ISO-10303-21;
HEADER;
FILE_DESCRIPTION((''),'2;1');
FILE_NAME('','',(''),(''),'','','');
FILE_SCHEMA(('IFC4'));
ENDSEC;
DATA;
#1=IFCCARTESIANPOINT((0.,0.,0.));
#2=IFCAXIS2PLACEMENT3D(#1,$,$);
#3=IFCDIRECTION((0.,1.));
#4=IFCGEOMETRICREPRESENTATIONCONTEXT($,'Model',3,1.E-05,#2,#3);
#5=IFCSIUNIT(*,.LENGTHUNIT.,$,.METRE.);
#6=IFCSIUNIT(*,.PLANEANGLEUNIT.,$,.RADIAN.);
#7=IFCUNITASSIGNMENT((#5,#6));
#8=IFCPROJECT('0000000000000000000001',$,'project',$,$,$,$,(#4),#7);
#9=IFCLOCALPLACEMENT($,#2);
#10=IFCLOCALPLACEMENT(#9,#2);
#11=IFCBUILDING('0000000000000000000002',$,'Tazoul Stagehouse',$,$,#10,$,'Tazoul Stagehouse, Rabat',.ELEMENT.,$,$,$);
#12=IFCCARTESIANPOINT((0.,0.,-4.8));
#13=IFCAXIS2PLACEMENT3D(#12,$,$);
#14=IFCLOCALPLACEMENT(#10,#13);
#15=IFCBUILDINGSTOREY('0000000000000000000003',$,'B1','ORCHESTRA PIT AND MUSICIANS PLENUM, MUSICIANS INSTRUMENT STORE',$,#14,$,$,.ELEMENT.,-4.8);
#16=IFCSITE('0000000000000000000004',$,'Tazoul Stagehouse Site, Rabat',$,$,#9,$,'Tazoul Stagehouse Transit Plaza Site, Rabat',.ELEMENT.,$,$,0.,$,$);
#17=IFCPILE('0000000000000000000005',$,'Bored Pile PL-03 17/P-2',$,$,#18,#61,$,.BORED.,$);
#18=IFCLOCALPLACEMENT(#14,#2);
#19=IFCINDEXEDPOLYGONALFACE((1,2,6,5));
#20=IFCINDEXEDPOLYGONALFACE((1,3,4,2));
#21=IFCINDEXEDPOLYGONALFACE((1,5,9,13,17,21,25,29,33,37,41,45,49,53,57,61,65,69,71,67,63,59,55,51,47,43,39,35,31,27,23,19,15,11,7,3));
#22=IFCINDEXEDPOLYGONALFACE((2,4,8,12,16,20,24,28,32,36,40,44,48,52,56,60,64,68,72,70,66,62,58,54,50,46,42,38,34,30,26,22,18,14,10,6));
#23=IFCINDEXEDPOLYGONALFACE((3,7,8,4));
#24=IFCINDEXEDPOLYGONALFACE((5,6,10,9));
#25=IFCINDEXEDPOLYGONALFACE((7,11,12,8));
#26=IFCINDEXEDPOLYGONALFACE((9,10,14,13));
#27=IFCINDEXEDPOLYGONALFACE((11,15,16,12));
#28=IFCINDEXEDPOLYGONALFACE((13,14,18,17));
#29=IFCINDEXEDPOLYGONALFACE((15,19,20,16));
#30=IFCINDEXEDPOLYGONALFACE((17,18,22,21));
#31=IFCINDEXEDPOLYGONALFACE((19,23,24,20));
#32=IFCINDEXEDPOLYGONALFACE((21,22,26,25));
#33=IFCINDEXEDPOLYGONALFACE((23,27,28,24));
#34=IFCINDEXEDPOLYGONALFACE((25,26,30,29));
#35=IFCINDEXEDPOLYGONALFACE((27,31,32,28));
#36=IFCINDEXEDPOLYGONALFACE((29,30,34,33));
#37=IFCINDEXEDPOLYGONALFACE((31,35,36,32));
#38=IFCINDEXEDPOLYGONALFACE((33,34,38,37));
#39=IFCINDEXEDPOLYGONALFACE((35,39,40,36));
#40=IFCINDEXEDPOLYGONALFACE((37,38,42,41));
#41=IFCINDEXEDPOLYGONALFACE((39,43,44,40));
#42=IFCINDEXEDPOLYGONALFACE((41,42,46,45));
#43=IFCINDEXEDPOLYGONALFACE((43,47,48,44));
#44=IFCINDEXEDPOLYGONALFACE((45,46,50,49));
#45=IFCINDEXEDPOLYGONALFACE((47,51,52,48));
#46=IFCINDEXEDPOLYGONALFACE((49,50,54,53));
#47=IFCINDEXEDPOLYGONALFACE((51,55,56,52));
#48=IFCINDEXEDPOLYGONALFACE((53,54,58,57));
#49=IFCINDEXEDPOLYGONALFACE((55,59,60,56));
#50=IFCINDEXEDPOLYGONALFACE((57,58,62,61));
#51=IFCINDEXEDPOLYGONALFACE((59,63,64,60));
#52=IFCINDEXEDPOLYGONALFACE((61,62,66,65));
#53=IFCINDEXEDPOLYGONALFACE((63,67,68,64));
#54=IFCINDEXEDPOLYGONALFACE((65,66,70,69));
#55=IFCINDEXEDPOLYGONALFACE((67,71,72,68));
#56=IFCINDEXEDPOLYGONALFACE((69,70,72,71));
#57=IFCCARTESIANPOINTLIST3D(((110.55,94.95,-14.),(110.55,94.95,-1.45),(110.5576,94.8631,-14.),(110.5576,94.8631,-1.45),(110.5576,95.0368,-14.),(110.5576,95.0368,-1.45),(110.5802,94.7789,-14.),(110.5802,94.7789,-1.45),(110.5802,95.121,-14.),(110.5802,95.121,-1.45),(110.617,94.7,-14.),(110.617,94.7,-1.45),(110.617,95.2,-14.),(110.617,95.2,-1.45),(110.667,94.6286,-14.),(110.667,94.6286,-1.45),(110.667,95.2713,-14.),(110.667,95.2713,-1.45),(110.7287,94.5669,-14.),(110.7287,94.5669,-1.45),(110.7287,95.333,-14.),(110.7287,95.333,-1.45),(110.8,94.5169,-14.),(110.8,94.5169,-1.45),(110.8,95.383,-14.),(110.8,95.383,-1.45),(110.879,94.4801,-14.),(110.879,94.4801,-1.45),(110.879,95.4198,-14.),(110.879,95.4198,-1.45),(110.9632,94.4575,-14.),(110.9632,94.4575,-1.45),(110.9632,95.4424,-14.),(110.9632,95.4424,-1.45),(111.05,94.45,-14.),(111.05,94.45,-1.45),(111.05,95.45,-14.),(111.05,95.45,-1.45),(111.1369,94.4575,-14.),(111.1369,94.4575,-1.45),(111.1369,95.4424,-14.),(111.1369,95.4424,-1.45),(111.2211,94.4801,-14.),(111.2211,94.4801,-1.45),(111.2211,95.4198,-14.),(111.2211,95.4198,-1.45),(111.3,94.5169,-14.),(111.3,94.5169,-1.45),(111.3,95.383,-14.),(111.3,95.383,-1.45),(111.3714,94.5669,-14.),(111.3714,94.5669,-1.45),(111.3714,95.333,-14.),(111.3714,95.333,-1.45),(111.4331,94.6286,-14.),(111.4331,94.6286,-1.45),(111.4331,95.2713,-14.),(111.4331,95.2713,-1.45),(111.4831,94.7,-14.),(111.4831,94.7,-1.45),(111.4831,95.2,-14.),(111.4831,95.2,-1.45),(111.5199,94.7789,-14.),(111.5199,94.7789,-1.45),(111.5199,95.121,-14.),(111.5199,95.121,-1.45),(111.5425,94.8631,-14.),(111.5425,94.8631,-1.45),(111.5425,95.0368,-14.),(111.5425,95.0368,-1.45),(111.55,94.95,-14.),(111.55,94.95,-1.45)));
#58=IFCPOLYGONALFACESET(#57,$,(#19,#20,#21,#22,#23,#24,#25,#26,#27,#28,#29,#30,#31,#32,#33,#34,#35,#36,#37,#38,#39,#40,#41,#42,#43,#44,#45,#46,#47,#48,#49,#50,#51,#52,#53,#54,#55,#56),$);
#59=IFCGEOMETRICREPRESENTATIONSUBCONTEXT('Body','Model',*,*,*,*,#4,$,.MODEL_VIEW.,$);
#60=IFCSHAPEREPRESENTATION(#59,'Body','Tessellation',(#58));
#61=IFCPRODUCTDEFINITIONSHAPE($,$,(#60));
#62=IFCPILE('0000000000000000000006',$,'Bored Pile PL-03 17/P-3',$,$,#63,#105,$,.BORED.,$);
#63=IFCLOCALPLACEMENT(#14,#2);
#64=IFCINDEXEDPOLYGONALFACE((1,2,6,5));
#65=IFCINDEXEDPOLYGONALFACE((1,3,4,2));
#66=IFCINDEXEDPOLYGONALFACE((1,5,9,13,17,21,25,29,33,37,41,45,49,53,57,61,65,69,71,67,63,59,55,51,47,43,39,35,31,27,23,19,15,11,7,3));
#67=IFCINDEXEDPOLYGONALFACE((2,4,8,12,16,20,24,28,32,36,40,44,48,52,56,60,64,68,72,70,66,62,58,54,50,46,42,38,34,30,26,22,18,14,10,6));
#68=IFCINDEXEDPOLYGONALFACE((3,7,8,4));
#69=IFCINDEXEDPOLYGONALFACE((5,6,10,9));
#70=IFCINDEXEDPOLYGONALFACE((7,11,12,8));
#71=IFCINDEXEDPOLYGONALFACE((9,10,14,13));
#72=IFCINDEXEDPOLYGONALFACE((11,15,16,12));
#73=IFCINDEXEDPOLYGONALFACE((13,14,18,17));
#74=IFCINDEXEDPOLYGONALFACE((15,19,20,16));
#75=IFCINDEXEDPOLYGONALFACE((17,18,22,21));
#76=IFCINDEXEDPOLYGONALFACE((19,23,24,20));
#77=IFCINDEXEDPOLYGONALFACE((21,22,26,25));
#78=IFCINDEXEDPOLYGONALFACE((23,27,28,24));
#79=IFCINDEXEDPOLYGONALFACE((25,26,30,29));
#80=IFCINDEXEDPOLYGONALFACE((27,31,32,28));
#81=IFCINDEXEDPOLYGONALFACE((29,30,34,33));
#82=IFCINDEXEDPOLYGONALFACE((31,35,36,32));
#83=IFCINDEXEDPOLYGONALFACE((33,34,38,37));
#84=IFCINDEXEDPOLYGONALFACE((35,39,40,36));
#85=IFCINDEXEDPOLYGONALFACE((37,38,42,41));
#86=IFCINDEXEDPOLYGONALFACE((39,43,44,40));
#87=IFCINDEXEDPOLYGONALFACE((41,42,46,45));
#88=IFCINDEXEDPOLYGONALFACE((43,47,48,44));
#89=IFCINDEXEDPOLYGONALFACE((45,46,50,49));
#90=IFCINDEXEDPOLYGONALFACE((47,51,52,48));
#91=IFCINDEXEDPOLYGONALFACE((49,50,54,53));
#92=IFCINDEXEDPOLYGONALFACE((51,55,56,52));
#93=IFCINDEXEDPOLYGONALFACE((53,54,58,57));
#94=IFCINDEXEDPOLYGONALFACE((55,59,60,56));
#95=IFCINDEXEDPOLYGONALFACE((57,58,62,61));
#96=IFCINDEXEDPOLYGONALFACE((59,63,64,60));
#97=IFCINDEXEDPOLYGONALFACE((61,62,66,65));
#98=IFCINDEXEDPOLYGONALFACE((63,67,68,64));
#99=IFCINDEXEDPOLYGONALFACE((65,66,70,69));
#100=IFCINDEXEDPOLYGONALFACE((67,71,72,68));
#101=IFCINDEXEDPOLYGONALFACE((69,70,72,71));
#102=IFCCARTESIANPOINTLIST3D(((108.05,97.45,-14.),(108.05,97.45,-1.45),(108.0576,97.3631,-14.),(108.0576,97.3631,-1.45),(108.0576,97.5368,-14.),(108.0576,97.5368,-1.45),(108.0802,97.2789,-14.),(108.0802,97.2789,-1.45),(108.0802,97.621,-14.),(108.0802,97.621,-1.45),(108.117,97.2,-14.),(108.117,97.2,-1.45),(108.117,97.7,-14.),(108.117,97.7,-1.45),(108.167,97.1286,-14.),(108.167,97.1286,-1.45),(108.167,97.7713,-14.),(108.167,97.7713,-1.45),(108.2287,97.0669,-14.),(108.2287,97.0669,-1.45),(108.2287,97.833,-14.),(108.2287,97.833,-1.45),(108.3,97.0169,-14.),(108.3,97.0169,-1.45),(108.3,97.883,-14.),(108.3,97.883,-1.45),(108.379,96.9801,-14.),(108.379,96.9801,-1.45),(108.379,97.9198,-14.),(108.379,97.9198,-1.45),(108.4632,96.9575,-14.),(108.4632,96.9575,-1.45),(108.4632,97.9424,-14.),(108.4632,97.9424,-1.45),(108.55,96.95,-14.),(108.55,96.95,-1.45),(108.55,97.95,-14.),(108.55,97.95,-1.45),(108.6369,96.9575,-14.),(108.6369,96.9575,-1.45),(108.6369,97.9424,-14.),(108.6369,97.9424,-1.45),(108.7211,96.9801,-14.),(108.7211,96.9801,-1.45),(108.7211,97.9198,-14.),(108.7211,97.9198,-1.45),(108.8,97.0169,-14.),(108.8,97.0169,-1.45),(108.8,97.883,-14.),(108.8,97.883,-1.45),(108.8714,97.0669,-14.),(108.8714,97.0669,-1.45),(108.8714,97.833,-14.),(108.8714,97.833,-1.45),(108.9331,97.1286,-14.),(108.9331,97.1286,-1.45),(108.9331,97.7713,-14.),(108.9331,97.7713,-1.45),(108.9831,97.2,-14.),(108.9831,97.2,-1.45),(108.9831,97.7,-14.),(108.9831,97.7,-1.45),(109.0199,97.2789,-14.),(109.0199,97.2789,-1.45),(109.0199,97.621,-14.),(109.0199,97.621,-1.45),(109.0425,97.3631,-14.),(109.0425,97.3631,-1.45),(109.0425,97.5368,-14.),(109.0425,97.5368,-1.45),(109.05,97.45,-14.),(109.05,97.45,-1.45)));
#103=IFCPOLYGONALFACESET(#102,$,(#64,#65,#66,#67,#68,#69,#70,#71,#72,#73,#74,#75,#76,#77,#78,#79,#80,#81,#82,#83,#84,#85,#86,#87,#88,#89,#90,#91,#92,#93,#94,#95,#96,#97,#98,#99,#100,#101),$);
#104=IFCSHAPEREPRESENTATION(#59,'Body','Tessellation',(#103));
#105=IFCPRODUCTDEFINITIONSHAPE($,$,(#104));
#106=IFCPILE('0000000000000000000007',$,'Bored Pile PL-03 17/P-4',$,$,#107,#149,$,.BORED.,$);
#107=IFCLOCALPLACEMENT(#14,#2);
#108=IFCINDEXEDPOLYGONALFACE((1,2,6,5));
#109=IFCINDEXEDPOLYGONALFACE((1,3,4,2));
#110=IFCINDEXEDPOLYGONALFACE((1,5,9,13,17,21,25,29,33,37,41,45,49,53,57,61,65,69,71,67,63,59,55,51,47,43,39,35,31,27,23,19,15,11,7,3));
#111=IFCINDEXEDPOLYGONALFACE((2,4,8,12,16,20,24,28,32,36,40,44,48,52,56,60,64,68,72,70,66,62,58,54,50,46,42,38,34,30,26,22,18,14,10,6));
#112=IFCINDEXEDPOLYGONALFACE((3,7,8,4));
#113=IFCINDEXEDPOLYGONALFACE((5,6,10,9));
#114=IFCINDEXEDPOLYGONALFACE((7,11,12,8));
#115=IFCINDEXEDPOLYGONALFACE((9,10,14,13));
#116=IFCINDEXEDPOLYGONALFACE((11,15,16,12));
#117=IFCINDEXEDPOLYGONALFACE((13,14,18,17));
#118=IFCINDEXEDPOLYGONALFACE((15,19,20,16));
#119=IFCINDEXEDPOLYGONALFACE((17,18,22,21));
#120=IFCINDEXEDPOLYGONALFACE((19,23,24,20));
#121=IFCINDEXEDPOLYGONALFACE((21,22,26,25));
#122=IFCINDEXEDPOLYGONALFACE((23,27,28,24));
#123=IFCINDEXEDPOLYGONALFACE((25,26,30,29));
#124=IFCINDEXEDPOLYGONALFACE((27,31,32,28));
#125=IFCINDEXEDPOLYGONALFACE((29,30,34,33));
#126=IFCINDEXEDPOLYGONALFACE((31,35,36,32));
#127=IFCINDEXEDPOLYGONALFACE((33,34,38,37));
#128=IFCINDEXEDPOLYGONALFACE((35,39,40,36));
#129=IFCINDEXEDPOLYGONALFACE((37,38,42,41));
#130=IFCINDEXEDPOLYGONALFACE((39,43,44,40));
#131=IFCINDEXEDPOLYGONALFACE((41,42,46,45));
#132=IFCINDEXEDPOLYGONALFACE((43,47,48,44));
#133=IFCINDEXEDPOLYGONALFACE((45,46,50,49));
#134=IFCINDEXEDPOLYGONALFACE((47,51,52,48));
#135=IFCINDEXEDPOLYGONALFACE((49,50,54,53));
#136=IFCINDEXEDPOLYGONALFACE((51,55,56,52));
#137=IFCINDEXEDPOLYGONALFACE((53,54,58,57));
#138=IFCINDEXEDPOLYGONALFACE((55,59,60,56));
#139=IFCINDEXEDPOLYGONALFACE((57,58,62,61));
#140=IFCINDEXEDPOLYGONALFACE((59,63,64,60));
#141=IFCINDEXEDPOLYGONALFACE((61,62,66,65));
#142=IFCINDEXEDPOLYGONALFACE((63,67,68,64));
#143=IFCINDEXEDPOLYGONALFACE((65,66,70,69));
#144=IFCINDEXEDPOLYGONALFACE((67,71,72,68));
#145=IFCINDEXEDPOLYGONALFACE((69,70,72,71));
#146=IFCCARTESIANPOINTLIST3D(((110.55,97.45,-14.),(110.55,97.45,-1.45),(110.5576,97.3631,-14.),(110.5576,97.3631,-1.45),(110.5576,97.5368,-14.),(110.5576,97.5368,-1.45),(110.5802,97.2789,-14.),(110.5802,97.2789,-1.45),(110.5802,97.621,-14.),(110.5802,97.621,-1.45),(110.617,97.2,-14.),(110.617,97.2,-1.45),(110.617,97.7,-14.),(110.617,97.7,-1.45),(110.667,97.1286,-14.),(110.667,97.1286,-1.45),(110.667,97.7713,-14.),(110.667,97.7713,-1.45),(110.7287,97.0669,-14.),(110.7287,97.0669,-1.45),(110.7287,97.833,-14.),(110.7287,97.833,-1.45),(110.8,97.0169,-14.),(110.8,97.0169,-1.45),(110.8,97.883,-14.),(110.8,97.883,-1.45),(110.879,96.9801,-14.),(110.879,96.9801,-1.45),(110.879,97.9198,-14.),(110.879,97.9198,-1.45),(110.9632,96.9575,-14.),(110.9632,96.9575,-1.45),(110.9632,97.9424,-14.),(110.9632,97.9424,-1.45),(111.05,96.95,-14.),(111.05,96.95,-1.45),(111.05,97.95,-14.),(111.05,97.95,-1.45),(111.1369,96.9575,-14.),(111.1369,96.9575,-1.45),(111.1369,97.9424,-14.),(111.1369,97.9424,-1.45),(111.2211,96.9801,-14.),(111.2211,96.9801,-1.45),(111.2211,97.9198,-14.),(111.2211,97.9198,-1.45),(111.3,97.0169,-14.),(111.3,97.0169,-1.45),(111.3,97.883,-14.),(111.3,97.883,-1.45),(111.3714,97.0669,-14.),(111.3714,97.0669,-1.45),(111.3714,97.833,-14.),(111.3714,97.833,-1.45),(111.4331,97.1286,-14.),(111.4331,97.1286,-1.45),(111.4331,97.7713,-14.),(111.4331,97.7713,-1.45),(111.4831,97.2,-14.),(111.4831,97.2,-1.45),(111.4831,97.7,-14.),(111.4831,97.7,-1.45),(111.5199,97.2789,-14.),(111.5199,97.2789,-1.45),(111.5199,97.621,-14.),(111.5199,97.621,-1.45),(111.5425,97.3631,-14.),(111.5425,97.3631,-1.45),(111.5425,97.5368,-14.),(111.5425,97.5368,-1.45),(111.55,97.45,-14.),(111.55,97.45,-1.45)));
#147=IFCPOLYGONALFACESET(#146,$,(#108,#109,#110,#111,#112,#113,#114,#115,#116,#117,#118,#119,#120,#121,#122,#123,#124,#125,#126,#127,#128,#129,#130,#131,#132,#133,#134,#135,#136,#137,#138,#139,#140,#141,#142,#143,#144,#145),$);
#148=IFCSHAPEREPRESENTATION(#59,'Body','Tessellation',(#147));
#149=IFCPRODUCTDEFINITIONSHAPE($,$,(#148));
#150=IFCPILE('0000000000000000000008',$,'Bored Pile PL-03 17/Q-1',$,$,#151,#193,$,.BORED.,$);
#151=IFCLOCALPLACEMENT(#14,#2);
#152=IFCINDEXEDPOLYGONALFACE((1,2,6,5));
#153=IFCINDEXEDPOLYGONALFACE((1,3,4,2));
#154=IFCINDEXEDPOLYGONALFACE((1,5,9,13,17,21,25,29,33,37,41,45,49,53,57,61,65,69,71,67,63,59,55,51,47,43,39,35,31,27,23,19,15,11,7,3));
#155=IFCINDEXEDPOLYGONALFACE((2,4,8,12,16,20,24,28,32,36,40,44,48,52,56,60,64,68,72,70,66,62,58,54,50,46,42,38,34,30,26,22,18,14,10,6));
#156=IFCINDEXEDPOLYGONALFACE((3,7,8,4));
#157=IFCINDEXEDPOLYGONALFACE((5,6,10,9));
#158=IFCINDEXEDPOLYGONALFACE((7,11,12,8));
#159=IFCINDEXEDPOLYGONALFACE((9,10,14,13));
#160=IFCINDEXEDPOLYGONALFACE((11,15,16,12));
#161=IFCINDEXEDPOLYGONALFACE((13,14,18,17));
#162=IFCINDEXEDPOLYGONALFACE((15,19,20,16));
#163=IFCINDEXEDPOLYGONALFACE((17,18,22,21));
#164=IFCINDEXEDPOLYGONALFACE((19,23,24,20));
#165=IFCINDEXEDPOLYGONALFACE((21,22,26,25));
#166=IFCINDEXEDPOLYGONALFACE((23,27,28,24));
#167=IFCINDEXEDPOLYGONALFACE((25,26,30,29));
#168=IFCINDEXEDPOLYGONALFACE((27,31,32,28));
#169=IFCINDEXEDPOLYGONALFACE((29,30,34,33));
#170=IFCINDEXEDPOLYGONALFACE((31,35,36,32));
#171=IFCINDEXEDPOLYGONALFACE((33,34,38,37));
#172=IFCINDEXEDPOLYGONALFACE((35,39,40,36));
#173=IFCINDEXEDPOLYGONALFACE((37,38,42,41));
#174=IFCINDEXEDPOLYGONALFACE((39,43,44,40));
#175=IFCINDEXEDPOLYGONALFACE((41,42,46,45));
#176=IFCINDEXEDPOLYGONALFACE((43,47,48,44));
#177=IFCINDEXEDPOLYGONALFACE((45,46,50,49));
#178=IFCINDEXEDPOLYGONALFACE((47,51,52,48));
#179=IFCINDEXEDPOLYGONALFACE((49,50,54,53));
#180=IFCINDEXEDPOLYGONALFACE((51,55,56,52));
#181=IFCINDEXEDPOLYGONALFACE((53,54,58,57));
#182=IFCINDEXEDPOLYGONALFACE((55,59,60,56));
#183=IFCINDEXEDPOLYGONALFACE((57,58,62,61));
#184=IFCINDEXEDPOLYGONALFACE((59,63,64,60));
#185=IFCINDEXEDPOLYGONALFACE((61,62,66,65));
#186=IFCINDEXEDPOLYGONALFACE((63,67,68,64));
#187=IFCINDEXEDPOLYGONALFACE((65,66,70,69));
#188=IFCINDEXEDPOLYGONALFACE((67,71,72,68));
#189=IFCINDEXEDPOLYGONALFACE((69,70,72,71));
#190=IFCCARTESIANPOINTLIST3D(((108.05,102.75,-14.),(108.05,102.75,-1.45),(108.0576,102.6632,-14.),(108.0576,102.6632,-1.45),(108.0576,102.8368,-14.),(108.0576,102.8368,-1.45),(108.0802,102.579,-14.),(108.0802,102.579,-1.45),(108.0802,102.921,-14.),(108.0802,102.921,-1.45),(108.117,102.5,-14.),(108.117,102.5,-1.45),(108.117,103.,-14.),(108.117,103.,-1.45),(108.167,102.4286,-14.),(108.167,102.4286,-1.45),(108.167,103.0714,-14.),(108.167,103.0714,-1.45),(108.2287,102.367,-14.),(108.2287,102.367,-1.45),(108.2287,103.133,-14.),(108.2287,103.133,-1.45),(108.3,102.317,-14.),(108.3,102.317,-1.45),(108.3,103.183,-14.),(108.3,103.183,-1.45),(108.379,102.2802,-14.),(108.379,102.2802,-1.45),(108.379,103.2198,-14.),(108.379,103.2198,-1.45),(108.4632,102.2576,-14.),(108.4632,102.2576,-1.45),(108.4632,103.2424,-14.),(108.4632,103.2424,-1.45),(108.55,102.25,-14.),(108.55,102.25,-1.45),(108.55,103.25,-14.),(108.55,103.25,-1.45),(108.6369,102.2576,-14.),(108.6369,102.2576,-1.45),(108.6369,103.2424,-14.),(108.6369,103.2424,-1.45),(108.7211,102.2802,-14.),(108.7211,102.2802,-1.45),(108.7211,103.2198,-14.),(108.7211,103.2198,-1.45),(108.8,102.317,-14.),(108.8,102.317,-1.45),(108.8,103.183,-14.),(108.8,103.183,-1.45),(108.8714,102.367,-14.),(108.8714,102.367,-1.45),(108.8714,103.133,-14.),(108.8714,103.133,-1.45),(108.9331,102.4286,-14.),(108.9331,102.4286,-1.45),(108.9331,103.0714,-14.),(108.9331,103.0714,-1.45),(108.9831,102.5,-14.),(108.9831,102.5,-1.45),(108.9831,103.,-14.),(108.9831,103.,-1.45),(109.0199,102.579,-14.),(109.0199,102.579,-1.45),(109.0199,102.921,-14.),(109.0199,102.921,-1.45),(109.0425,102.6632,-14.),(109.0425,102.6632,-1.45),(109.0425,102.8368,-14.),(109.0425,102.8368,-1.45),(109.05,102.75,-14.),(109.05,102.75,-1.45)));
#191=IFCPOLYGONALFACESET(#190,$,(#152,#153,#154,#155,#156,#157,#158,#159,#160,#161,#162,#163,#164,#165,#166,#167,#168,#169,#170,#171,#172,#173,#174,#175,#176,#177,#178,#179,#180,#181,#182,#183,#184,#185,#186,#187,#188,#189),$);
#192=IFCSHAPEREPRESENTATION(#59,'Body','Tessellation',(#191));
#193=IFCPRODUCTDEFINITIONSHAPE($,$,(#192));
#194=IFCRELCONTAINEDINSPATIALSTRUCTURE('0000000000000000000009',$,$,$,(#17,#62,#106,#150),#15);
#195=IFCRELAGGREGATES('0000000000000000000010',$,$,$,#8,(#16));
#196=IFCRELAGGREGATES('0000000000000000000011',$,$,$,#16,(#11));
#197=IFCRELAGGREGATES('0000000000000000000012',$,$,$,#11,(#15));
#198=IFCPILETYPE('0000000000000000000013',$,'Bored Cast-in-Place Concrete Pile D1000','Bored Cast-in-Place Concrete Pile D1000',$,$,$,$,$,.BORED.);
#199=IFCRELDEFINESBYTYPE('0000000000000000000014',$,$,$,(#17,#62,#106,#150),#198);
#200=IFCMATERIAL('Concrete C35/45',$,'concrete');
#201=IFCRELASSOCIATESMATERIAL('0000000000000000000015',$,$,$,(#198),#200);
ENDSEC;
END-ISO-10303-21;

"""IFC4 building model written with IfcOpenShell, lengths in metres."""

from ifc_helpers import new_model, si_unit, direction, frame, origin, origin_2d, place, context, subcontext, project, spatial, circle, extrude, material, material_profile, profile_set, type_object, element, save


model = new_model("IFC4")

# Units and contexts
model_context = context("Model", 3, precision=1e-05, world=origin(), true_north=direction((0.0, 1.0)))
body_context = subcontext(model_context, "Body", "Model", "MODEL_VIEW")
ifc_project = project(units=[si_unit("LENGTHUNIT", "METRE"), si_unit("PLANEANGLEUNIT", "RADIAN")], contexts=[model_context])

# Site, building, storey
site_placement = place(None, origin())
site = spatial("IfcSite", under=ifc_project, at=site_placement, Name="Tazoul Stagehouse Site, Rabat", LongName="Tazoul Stagehouse Transit Plaza Site, Rabat", CompositionType="ELEMENT", RefElevation=0.0)
building_placement = place(site_placement, origin())
building = spatial("IfcBuilding", under=site, at=building_placement, Name="Tazoul Stagehouse", LongName="Tazoul Stagehouse, Rabat", CompositionType="ELEMENT")
storey_placement = place(building_placement, frame((0.0, 0.0, -4.8)))
storey = spatial("IfcBuildingStorey", under=building, at=storey_placement, Name="B1", Description="ORCHESTRA PIT AND MUSICIANS PLENUM, MUSICIANS INSTRUMENT STORE", CompositionType="ELEMENT", Elevation=-4.8)

# Piles
ifc_material_1 = material(Name="Concrete C35/45", Category="concrete")
ifc_material_profile_1 = material_profile(ifc_material_1, circle(Radius=0.5, at=origin_2d()), Name="BORED PILE 1000")
ifc_profile_set_1 = profile_set([ifc_material_profile_1], Name="Concrete C35/45")
pile_type = type_object("IfcPileType", Name="Bored Cast-in-Place Concrete Pile D1000", Description="Bored Cast-in-Place Concrete Pile D1000", PredefinedType="BORED", material=ifc_profile_set_1)
for number, where, z_axis, x_axis, name in (
    (1, (111.05, 94.95, -1.45), (0.0, 0.0, -1.0), (1.0, 0.0, 0.0), "Bored Pile PL-03 17/P-2"),
    (2, (108.55, 97.45, -1.45), (0.0, 0.0, -1.0), (1.0, 0.0, 0.0), "Bored Pile PL-03 17/P-3"),
    (3, (111.05, 97.45, -1.45), (0.0, 0.0, -1.0), (1.0, 0.0, 0.0), "Bored Pile PL-03 17/P-4"),
    (4, (108.55, 102.75, -1.45), (0.0, 0.0, -1.0), (1.0, 0.0, 0.0), "Bored Pile PL-03 17/Q-1"),
):
    element("IfcPile", number, at=place(storey_placement, frame(where, z_axis=z_axis, x_axis=x_axis)), inside=storey, type_object=pile_type, Name=name, PredefinedType="BORED", context=body_context, shape_type="SweptSolid", body=[
        extrude(circle(Radius=0.5, at=origin_2d()), origin(), (0.0, 0.0, 1.0), 12.55),
    ])

save(model, "model.ifc")
